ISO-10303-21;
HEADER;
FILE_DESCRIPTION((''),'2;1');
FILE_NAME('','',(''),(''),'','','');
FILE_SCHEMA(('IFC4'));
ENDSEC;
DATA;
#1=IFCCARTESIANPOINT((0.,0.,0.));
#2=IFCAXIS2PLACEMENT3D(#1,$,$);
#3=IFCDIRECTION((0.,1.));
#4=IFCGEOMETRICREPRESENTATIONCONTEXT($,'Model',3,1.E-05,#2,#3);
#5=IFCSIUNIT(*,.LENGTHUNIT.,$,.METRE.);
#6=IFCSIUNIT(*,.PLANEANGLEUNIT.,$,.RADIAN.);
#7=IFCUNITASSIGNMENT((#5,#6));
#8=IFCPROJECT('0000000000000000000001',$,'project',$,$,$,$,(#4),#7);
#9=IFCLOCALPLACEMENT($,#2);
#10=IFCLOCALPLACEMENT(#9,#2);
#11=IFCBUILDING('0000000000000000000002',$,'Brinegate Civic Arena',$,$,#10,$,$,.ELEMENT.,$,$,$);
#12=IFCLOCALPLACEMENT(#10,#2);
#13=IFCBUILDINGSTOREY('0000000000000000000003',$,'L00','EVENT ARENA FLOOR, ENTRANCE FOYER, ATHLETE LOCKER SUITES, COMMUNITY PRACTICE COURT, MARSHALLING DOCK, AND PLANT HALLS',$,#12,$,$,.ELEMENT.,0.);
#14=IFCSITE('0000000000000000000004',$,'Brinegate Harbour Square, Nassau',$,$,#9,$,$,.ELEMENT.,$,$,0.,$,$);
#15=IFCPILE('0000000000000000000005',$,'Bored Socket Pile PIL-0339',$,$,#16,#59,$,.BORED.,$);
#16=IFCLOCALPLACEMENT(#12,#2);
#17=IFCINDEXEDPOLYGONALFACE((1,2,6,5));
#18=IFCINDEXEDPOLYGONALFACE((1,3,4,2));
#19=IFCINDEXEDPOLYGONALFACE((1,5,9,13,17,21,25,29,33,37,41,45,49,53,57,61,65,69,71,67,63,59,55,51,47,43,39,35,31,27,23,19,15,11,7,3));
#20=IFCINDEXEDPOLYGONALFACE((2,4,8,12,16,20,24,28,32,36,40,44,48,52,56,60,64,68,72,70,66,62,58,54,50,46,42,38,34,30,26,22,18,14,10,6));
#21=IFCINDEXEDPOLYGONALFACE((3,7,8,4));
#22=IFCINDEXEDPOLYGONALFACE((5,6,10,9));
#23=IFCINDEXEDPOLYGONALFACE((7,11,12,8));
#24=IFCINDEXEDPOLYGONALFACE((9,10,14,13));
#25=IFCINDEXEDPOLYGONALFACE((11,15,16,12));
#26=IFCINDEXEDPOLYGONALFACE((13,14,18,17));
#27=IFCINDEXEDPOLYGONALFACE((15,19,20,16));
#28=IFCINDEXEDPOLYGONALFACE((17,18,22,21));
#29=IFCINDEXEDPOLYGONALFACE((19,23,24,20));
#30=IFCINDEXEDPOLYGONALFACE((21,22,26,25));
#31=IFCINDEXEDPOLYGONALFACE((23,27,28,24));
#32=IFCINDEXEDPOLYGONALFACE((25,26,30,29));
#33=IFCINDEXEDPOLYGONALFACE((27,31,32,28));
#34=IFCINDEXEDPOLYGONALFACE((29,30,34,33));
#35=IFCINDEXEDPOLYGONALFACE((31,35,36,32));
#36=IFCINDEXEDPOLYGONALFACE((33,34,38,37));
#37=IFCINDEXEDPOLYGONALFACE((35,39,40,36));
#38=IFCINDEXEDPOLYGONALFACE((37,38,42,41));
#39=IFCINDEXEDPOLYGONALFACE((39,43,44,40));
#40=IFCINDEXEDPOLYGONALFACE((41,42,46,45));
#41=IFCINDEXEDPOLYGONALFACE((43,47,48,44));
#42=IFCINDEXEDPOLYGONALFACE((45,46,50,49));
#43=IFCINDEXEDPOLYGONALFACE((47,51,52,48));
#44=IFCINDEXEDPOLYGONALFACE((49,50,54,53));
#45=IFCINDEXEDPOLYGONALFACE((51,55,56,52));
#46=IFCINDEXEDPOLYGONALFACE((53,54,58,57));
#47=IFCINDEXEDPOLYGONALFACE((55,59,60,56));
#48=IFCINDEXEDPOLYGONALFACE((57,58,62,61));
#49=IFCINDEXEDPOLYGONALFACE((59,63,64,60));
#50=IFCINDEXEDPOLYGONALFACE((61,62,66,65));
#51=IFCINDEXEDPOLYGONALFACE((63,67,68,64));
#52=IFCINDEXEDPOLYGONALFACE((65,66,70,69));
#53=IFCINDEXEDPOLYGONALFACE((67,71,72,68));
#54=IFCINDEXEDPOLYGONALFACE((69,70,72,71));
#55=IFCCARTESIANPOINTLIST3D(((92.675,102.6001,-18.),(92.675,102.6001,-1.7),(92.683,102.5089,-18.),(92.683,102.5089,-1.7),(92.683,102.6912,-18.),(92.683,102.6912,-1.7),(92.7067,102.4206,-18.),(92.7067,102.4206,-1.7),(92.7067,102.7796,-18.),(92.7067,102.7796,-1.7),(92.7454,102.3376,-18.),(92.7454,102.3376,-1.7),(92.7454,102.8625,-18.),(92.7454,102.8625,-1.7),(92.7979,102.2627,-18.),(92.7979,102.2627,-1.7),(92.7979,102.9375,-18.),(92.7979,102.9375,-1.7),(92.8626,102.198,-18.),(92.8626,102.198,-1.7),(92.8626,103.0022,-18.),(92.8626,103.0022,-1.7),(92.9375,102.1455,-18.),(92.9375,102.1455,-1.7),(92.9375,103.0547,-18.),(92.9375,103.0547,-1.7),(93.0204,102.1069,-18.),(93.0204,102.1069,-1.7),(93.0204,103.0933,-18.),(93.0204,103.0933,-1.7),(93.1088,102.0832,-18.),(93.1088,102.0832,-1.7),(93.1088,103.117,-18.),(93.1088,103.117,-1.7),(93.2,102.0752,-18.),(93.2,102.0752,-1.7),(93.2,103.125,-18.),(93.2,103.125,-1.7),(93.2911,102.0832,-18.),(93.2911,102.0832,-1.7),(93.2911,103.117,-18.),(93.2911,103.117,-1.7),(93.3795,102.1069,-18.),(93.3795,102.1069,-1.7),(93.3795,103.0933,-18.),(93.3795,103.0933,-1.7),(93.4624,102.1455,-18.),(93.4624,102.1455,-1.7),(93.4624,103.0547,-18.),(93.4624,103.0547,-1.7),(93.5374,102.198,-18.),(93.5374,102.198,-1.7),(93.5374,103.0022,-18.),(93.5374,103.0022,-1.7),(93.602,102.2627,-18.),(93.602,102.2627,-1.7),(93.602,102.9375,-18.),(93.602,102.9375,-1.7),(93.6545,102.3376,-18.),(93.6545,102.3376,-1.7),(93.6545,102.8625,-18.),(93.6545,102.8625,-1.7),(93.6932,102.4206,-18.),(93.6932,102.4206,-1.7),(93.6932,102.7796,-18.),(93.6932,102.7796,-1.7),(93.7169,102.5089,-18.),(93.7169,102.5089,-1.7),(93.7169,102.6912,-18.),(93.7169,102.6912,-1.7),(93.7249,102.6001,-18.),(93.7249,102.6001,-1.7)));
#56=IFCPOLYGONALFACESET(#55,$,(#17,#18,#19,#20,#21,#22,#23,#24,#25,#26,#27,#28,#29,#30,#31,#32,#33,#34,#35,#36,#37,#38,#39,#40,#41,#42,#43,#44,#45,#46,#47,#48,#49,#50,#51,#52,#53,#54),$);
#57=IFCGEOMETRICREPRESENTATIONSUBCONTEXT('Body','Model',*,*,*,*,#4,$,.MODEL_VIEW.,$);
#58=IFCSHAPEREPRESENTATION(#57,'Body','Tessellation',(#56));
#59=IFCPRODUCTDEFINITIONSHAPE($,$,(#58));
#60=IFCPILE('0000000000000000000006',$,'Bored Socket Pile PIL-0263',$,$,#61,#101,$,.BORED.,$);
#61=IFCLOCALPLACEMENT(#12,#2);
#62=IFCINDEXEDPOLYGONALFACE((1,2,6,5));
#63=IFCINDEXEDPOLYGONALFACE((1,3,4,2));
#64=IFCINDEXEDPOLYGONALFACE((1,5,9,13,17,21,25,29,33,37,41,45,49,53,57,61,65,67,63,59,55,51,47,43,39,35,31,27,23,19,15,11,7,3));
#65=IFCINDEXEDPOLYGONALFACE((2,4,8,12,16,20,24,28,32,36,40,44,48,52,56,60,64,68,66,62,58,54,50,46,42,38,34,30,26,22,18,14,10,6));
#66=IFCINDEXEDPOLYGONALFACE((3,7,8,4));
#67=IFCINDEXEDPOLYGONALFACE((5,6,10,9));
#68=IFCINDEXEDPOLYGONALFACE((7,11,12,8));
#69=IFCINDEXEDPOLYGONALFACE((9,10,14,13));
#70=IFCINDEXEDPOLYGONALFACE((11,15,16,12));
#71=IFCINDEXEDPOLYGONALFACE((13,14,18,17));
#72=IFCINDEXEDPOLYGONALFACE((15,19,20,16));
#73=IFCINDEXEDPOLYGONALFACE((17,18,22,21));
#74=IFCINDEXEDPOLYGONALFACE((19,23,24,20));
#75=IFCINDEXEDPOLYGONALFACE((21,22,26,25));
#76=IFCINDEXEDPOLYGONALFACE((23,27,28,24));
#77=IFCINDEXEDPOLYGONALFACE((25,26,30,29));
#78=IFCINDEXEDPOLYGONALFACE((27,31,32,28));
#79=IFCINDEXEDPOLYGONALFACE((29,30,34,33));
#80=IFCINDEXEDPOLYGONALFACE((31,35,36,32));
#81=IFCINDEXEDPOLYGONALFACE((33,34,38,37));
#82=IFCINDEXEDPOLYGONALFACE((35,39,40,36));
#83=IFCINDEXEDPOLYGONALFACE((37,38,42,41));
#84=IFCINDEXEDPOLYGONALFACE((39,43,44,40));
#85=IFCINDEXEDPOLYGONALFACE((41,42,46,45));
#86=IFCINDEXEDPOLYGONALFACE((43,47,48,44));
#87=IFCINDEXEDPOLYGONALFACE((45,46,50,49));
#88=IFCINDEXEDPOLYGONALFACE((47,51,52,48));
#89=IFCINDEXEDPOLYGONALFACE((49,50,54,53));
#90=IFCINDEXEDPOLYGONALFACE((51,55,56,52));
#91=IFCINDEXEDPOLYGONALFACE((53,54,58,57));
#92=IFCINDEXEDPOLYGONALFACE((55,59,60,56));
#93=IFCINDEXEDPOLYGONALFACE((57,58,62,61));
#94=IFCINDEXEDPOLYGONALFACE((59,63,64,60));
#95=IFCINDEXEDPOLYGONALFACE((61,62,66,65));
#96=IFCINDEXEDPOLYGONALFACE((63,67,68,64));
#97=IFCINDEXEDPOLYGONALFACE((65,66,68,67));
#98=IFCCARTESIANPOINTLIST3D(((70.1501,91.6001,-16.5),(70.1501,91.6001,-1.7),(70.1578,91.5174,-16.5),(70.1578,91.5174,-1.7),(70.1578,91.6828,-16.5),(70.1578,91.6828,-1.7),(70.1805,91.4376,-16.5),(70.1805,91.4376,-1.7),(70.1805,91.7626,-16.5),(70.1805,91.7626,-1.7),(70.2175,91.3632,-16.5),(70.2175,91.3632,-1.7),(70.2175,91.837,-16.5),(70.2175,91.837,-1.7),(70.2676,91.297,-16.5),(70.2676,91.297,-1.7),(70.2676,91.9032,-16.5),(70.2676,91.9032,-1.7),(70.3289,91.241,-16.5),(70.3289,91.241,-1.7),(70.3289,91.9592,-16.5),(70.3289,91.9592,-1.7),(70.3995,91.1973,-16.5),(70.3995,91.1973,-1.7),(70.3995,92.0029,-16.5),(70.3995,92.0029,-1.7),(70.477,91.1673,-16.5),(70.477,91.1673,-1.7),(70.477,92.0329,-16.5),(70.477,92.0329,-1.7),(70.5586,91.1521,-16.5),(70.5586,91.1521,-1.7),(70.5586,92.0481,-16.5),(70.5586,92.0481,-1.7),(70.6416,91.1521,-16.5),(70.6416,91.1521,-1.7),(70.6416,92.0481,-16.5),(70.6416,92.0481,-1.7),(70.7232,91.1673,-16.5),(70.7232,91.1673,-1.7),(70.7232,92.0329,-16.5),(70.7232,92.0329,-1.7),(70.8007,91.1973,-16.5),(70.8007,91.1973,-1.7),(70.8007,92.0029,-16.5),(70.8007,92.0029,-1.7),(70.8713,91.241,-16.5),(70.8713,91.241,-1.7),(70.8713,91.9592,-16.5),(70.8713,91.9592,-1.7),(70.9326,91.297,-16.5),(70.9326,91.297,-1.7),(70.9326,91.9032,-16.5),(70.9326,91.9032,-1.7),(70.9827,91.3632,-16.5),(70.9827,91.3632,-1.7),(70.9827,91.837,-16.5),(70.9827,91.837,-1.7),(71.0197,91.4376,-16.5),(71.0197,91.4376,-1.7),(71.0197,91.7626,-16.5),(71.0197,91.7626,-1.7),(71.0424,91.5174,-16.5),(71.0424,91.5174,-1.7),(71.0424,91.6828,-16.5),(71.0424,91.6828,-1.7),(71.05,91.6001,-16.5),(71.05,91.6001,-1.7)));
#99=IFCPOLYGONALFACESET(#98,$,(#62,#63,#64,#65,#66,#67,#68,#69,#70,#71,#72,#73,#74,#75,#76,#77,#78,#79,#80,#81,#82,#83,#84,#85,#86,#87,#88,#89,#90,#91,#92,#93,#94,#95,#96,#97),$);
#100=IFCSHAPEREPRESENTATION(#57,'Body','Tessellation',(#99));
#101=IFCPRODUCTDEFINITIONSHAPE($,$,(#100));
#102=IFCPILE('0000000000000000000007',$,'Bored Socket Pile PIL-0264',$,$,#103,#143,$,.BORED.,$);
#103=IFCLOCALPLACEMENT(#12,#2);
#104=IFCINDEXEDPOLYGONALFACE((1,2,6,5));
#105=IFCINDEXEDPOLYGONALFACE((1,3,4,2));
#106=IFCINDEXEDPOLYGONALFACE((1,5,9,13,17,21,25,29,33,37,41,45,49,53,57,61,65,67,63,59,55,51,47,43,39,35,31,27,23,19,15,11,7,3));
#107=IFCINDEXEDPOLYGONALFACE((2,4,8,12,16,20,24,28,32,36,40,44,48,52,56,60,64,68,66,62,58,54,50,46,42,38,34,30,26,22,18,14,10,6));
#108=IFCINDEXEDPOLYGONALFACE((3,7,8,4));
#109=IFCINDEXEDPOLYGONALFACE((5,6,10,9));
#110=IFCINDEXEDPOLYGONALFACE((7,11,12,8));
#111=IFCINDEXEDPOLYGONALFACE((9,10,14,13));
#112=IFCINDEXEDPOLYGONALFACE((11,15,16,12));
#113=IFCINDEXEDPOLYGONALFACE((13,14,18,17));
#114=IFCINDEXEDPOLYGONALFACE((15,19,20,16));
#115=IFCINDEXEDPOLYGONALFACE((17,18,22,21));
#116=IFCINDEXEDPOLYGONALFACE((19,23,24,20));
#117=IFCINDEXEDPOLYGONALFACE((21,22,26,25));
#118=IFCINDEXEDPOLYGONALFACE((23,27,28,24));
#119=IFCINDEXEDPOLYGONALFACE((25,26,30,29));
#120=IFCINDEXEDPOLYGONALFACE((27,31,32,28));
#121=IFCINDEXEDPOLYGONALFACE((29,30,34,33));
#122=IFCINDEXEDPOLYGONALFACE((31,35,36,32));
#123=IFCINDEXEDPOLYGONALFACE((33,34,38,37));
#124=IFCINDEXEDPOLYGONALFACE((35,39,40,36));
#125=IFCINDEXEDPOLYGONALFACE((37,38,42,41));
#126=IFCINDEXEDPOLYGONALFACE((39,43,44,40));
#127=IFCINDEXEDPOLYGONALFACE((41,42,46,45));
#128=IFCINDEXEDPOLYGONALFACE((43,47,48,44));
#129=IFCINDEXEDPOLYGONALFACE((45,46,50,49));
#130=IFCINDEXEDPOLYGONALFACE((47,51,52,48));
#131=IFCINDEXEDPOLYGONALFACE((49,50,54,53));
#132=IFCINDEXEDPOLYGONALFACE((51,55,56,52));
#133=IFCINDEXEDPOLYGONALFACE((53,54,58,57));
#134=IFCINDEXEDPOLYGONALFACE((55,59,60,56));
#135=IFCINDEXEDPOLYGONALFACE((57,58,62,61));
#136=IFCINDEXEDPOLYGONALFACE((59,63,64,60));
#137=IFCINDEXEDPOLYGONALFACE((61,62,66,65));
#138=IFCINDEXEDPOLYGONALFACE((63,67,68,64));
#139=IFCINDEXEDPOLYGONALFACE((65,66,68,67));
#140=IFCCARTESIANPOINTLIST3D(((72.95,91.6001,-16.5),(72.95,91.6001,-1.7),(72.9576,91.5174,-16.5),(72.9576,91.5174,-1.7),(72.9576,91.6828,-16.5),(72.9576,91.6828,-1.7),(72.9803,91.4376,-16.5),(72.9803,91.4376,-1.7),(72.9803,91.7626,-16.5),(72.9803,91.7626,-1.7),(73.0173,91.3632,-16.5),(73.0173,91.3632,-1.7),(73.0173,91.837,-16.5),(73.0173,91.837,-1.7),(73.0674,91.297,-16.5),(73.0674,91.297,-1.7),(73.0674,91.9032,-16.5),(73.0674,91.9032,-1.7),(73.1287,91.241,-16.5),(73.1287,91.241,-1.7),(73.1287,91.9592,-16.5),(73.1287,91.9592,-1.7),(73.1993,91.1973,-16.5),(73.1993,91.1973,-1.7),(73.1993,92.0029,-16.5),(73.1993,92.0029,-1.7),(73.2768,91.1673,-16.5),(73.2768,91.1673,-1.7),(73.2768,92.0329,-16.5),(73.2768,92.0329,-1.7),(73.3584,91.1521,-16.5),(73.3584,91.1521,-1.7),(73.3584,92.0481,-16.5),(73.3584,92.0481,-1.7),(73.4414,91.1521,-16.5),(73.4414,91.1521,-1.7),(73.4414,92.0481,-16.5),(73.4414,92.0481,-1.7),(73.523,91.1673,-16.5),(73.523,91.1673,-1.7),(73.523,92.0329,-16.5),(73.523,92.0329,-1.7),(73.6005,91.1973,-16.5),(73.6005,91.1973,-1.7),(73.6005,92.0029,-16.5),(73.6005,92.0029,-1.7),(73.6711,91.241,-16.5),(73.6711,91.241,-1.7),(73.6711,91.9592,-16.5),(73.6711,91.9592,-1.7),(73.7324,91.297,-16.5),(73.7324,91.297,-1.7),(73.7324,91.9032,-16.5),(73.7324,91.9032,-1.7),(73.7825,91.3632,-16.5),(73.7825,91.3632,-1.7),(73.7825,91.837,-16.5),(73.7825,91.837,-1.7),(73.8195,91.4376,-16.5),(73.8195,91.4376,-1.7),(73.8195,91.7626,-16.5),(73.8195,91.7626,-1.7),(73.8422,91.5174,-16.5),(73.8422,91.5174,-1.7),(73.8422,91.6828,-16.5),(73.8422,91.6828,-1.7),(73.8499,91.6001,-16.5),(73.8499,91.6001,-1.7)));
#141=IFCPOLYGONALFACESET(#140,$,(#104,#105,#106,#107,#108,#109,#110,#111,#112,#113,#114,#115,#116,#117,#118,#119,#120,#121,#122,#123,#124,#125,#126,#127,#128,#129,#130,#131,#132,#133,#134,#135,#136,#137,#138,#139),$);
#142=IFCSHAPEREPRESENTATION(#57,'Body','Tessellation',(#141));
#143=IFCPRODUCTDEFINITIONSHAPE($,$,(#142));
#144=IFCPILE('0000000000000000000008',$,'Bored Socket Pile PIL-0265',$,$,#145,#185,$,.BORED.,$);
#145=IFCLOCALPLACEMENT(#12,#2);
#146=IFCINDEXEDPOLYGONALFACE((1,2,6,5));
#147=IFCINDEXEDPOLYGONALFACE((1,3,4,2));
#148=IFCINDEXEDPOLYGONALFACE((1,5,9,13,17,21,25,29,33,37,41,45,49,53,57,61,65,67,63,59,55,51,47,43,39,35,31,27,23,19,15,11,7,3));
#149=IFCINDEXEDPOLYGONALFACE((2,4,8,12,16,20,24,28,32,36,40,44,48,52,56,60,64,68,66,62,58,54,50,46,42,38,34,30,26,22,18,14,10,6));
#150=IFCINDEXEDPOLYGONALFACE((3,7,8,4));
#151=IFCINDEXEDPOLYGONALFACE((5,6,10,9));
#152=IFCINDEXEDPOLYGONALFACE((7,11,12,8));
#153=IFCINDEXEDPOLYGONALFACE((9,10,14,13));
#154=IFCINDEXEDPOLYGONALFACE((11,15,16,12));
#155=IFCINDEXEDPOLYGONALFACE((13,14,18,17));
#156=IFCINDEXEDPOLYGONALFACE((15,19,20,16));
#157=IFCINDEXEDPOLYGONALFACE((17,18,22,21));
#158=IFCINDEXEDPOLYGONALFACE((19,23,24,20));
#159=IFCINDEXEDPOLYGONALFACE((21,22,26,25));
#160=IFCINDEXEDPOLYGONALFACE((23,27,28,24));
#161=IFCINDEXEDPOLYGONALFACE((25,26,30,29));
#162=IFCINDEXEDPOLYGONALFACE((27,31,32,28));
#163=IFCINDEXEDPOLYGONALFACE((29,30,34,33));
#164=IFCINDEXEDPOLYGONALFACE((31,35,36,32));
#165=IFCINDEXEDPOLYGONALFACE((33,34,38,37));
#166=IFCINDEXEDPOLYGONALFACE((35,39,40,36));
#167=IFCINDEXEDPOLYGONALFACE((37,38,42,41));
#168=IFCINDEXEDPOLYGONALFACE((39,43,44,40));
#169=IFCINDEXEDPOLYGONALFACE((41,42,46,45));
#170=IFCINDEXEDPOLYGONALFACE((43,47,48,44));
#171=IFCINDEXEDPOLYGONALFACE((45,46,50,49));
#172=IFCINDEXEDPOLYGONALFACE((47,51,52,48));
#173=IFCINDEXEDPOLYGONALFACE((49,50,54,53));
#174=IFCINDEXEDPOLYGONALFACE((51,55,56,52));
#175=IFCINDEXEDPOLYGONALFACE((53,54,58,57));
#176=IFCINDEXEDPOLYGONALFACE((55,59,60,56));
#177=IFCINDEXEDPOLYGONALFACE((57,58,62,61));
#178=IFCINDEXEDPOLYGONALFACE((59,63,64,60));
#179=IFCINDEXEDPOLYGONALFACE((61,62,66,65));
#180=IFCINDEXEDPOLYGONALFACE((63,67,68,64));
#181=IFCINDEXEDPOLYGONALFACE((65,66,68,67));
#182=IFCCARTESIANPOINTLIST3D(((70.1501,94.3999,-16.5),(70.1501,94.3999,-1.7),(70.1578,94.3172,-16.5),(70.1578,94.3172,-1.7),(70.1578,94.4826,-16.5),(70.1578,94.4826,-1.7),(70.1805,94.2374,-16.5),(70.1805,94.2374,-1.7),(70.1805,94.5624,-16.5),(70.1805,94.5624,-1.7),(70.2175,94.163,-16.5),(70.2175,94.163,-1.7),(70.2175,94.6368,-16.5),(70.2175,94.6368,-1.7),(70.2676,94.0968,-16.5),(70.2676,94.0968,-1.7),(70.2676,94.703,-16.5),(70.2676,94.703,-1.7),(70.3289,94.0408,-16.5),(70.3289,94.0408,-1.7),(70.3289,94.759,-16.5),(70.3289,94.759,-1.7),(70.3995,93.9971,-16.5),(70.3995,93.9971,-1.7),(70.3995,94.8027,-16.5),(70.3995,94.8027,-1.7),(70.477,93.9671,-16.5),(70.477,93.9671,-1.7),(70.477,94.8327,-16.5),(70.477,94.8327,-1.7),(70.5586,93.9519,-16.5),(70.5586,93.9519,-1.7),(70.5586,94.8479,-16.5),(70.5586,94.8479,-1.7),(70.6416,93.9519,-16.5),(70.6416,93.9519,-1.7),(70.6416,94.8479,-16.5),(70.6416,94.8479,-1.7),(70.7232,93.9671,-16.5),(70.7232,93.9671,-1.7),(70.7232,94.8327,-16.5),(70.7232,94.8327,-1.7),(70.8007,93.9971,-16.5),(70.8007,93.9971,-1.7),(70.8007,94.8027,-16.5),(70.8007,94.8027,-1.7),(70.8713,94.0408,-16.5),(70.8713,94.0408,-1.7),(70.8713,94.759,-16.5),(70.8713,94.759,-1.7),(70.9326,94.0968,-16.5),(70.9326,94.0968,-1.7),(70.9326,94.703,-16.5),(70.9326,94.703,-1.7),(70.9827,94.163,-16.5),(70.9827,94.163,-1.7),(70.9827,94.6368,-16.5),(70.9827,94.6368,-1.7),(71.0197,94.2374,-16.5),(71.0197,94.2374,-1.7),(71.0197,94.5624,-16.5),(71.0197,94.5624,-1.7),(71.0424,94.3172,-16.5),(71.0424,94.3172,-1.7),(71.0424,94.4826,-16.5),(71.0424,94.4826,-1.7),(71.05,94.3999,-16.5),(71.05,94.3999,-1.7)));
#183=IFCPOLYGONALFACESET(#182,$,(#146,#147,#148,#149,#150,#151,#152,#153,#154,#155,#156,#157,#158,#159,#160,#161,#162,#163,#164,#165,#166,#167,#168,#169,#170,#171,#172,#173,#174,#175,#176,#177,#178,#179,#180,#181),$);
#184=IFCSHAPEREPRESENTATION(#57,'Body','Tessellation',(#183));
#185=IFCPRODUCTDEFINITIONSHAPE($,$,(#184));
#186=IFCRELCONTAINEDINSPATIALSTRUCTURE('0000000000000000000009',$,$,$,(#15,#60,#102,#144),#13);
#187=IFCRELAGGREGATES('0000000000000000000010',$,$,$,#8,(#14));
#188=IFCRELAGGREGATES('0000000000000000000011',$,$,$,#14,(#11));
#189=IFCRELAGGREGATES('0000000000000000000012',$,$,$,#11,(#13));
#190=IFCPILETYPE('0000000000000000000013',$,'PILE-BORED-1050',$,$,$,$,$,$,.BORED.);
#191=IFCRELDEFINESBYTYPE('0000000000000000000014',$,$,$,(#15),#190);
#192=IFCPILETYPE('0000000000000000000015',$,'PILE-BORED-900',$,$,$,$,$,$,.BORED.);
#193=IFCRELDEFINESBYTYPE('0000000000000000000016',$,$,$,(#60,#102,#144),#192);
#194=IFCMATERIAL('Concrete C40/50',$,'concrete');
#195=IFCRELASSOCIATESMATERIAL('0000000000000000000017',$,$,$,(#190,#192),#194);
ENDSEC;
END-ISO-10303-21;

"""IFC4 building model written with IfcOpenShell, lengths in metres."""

from ifc_helpers import new_model, si_unit, direction, frame, origin, origin_2d, place, context, subcontext, project, spatial, circle, extrude, material, material_profile, profile_set, type_object, element, save


model = new_model("IFC4")

# Units and contexts
model_context = context("Model", 3, precision=1e-05, world=origin(), true_north=direction((0.0, 1.0)))
body_context = subcontext(model_context, "Body", "Model", "MODEL_VIEW")
ifc_project = project(units=[si_unit("LENGTHUNIT", "METRE"), si_unit("PLANEANGLEUNIT", "RADIAN")], contexts=[model_context])

# Site, building, storey
site_placement = place(None, origin())
site = spatial("IfcSite", under=ifc_project, at=site_placement, Name="Brinegate Harbour Square, Nassau", CompositionType="ELEMENT", RefElevation=0.0)
building_placement = place(site_placement, origin())
building = spatial("IfcBuilding", under=site, at=building_placement, Name="Brinegate Civic Arena", CompositionType="ELEMENT")
storey_placement = place(building_placement, origin())
storey = spatial("IfcBuildingStorey", under=building, at=storey_placement, Name="L00", Description="EVENT ARENA FLOOR, ENTRANCE FOYER, ATHLETE LOCKER SUITES, COMMUNITY PRACTICE COURT, MARSHALLING DOCK, AND PLANT HALLS", CompositionType="ELEMENT", Elevation=0.0)

# Shared definitions
ifc_material_1 = material(Name="Concrete C40/50", Category="concrete")

# Piles
ifc_material_profile_1 = material_profile(ifc_material_1, circle(Radius=0.5249, at=origin_2d()), Name="PILED1050")
ifc_profile_set_1 = profile_set([ifc_material_profile_1], Name="Concrete C40/50")
pile_type_1 = type_object("IfcPileType", Name="PILE-BORED-1050", PredefinedType="BORED", material=ifc_profile_set_1)
for number, where, z_axis, x_axis, name in (
    (1, (93.2, 102.6001, -1.7), (0.0, 0.0, -1.0), (1.0, 0.0, 0.0), "Bored Socket Pile PIL-0339"),
):
    element("IfcPile", number, at=place(storey_placement, frame(where, z_axis=z_axis, x_axis=x_axis)), inside=storey, type_object=pile_type_1, Name=name, PredefinedType="BORED", context=body_context, shape_type="SweptSolid", body=[
        extrude(circle(Radius=0.5249, at=origin_2d()), origin(), (0.0, 0.0, 1.0), 16.3),
    ])
ifc_material_profile_2 = material_profile(ifc_material_1, circle(Radius=0.45, at=origin_2d()), Name="PILED900")
ifc_profile_set_2 = profile_set([ifc_material_profile_2], Name="Concrete C40/50")
pile_type_2 = type_object("IfcPileType", Name="PILE-BORED-900", PredefinedType="BORED", material=ifc_profile_set_2)
for number, where, z_axis, x_axis, name in (
    (2, (70.6001, 91.6001, -1.7), (0.0, 0.0, -1.0), (1.0, 0.0, 0.0), "Bored Socket Pile PIL-0263"),
    (3, (73.3999, 91.6001, -1.7), (0.0, 0.0, -1.0), (1.0, 0.0, 0.0), "Bored Socket Pile PIL-0264"),
    (4, (70.6001, 94.3999, -1.7), (0.0, 0.0, -1.0), (1.0, 0.0, 0.0), "Bored Socket Pile PIL-0265"),
):
    element("IfcPile", number, at=place(storey_placement, frame(where, z_axis=z_axis, x_axis=x_axis)), inside=storey, type_object=pile_type_2, Name=name, PredefinedType="BORED", context=body_context, shape_type="SweptSolid", body=[
        extrude(circle(Radius=0.45, at=origin_2d()), origin(), (0.0, 0.0, 1.0), 14.8),
    ])

save(model, "model.ifc")
